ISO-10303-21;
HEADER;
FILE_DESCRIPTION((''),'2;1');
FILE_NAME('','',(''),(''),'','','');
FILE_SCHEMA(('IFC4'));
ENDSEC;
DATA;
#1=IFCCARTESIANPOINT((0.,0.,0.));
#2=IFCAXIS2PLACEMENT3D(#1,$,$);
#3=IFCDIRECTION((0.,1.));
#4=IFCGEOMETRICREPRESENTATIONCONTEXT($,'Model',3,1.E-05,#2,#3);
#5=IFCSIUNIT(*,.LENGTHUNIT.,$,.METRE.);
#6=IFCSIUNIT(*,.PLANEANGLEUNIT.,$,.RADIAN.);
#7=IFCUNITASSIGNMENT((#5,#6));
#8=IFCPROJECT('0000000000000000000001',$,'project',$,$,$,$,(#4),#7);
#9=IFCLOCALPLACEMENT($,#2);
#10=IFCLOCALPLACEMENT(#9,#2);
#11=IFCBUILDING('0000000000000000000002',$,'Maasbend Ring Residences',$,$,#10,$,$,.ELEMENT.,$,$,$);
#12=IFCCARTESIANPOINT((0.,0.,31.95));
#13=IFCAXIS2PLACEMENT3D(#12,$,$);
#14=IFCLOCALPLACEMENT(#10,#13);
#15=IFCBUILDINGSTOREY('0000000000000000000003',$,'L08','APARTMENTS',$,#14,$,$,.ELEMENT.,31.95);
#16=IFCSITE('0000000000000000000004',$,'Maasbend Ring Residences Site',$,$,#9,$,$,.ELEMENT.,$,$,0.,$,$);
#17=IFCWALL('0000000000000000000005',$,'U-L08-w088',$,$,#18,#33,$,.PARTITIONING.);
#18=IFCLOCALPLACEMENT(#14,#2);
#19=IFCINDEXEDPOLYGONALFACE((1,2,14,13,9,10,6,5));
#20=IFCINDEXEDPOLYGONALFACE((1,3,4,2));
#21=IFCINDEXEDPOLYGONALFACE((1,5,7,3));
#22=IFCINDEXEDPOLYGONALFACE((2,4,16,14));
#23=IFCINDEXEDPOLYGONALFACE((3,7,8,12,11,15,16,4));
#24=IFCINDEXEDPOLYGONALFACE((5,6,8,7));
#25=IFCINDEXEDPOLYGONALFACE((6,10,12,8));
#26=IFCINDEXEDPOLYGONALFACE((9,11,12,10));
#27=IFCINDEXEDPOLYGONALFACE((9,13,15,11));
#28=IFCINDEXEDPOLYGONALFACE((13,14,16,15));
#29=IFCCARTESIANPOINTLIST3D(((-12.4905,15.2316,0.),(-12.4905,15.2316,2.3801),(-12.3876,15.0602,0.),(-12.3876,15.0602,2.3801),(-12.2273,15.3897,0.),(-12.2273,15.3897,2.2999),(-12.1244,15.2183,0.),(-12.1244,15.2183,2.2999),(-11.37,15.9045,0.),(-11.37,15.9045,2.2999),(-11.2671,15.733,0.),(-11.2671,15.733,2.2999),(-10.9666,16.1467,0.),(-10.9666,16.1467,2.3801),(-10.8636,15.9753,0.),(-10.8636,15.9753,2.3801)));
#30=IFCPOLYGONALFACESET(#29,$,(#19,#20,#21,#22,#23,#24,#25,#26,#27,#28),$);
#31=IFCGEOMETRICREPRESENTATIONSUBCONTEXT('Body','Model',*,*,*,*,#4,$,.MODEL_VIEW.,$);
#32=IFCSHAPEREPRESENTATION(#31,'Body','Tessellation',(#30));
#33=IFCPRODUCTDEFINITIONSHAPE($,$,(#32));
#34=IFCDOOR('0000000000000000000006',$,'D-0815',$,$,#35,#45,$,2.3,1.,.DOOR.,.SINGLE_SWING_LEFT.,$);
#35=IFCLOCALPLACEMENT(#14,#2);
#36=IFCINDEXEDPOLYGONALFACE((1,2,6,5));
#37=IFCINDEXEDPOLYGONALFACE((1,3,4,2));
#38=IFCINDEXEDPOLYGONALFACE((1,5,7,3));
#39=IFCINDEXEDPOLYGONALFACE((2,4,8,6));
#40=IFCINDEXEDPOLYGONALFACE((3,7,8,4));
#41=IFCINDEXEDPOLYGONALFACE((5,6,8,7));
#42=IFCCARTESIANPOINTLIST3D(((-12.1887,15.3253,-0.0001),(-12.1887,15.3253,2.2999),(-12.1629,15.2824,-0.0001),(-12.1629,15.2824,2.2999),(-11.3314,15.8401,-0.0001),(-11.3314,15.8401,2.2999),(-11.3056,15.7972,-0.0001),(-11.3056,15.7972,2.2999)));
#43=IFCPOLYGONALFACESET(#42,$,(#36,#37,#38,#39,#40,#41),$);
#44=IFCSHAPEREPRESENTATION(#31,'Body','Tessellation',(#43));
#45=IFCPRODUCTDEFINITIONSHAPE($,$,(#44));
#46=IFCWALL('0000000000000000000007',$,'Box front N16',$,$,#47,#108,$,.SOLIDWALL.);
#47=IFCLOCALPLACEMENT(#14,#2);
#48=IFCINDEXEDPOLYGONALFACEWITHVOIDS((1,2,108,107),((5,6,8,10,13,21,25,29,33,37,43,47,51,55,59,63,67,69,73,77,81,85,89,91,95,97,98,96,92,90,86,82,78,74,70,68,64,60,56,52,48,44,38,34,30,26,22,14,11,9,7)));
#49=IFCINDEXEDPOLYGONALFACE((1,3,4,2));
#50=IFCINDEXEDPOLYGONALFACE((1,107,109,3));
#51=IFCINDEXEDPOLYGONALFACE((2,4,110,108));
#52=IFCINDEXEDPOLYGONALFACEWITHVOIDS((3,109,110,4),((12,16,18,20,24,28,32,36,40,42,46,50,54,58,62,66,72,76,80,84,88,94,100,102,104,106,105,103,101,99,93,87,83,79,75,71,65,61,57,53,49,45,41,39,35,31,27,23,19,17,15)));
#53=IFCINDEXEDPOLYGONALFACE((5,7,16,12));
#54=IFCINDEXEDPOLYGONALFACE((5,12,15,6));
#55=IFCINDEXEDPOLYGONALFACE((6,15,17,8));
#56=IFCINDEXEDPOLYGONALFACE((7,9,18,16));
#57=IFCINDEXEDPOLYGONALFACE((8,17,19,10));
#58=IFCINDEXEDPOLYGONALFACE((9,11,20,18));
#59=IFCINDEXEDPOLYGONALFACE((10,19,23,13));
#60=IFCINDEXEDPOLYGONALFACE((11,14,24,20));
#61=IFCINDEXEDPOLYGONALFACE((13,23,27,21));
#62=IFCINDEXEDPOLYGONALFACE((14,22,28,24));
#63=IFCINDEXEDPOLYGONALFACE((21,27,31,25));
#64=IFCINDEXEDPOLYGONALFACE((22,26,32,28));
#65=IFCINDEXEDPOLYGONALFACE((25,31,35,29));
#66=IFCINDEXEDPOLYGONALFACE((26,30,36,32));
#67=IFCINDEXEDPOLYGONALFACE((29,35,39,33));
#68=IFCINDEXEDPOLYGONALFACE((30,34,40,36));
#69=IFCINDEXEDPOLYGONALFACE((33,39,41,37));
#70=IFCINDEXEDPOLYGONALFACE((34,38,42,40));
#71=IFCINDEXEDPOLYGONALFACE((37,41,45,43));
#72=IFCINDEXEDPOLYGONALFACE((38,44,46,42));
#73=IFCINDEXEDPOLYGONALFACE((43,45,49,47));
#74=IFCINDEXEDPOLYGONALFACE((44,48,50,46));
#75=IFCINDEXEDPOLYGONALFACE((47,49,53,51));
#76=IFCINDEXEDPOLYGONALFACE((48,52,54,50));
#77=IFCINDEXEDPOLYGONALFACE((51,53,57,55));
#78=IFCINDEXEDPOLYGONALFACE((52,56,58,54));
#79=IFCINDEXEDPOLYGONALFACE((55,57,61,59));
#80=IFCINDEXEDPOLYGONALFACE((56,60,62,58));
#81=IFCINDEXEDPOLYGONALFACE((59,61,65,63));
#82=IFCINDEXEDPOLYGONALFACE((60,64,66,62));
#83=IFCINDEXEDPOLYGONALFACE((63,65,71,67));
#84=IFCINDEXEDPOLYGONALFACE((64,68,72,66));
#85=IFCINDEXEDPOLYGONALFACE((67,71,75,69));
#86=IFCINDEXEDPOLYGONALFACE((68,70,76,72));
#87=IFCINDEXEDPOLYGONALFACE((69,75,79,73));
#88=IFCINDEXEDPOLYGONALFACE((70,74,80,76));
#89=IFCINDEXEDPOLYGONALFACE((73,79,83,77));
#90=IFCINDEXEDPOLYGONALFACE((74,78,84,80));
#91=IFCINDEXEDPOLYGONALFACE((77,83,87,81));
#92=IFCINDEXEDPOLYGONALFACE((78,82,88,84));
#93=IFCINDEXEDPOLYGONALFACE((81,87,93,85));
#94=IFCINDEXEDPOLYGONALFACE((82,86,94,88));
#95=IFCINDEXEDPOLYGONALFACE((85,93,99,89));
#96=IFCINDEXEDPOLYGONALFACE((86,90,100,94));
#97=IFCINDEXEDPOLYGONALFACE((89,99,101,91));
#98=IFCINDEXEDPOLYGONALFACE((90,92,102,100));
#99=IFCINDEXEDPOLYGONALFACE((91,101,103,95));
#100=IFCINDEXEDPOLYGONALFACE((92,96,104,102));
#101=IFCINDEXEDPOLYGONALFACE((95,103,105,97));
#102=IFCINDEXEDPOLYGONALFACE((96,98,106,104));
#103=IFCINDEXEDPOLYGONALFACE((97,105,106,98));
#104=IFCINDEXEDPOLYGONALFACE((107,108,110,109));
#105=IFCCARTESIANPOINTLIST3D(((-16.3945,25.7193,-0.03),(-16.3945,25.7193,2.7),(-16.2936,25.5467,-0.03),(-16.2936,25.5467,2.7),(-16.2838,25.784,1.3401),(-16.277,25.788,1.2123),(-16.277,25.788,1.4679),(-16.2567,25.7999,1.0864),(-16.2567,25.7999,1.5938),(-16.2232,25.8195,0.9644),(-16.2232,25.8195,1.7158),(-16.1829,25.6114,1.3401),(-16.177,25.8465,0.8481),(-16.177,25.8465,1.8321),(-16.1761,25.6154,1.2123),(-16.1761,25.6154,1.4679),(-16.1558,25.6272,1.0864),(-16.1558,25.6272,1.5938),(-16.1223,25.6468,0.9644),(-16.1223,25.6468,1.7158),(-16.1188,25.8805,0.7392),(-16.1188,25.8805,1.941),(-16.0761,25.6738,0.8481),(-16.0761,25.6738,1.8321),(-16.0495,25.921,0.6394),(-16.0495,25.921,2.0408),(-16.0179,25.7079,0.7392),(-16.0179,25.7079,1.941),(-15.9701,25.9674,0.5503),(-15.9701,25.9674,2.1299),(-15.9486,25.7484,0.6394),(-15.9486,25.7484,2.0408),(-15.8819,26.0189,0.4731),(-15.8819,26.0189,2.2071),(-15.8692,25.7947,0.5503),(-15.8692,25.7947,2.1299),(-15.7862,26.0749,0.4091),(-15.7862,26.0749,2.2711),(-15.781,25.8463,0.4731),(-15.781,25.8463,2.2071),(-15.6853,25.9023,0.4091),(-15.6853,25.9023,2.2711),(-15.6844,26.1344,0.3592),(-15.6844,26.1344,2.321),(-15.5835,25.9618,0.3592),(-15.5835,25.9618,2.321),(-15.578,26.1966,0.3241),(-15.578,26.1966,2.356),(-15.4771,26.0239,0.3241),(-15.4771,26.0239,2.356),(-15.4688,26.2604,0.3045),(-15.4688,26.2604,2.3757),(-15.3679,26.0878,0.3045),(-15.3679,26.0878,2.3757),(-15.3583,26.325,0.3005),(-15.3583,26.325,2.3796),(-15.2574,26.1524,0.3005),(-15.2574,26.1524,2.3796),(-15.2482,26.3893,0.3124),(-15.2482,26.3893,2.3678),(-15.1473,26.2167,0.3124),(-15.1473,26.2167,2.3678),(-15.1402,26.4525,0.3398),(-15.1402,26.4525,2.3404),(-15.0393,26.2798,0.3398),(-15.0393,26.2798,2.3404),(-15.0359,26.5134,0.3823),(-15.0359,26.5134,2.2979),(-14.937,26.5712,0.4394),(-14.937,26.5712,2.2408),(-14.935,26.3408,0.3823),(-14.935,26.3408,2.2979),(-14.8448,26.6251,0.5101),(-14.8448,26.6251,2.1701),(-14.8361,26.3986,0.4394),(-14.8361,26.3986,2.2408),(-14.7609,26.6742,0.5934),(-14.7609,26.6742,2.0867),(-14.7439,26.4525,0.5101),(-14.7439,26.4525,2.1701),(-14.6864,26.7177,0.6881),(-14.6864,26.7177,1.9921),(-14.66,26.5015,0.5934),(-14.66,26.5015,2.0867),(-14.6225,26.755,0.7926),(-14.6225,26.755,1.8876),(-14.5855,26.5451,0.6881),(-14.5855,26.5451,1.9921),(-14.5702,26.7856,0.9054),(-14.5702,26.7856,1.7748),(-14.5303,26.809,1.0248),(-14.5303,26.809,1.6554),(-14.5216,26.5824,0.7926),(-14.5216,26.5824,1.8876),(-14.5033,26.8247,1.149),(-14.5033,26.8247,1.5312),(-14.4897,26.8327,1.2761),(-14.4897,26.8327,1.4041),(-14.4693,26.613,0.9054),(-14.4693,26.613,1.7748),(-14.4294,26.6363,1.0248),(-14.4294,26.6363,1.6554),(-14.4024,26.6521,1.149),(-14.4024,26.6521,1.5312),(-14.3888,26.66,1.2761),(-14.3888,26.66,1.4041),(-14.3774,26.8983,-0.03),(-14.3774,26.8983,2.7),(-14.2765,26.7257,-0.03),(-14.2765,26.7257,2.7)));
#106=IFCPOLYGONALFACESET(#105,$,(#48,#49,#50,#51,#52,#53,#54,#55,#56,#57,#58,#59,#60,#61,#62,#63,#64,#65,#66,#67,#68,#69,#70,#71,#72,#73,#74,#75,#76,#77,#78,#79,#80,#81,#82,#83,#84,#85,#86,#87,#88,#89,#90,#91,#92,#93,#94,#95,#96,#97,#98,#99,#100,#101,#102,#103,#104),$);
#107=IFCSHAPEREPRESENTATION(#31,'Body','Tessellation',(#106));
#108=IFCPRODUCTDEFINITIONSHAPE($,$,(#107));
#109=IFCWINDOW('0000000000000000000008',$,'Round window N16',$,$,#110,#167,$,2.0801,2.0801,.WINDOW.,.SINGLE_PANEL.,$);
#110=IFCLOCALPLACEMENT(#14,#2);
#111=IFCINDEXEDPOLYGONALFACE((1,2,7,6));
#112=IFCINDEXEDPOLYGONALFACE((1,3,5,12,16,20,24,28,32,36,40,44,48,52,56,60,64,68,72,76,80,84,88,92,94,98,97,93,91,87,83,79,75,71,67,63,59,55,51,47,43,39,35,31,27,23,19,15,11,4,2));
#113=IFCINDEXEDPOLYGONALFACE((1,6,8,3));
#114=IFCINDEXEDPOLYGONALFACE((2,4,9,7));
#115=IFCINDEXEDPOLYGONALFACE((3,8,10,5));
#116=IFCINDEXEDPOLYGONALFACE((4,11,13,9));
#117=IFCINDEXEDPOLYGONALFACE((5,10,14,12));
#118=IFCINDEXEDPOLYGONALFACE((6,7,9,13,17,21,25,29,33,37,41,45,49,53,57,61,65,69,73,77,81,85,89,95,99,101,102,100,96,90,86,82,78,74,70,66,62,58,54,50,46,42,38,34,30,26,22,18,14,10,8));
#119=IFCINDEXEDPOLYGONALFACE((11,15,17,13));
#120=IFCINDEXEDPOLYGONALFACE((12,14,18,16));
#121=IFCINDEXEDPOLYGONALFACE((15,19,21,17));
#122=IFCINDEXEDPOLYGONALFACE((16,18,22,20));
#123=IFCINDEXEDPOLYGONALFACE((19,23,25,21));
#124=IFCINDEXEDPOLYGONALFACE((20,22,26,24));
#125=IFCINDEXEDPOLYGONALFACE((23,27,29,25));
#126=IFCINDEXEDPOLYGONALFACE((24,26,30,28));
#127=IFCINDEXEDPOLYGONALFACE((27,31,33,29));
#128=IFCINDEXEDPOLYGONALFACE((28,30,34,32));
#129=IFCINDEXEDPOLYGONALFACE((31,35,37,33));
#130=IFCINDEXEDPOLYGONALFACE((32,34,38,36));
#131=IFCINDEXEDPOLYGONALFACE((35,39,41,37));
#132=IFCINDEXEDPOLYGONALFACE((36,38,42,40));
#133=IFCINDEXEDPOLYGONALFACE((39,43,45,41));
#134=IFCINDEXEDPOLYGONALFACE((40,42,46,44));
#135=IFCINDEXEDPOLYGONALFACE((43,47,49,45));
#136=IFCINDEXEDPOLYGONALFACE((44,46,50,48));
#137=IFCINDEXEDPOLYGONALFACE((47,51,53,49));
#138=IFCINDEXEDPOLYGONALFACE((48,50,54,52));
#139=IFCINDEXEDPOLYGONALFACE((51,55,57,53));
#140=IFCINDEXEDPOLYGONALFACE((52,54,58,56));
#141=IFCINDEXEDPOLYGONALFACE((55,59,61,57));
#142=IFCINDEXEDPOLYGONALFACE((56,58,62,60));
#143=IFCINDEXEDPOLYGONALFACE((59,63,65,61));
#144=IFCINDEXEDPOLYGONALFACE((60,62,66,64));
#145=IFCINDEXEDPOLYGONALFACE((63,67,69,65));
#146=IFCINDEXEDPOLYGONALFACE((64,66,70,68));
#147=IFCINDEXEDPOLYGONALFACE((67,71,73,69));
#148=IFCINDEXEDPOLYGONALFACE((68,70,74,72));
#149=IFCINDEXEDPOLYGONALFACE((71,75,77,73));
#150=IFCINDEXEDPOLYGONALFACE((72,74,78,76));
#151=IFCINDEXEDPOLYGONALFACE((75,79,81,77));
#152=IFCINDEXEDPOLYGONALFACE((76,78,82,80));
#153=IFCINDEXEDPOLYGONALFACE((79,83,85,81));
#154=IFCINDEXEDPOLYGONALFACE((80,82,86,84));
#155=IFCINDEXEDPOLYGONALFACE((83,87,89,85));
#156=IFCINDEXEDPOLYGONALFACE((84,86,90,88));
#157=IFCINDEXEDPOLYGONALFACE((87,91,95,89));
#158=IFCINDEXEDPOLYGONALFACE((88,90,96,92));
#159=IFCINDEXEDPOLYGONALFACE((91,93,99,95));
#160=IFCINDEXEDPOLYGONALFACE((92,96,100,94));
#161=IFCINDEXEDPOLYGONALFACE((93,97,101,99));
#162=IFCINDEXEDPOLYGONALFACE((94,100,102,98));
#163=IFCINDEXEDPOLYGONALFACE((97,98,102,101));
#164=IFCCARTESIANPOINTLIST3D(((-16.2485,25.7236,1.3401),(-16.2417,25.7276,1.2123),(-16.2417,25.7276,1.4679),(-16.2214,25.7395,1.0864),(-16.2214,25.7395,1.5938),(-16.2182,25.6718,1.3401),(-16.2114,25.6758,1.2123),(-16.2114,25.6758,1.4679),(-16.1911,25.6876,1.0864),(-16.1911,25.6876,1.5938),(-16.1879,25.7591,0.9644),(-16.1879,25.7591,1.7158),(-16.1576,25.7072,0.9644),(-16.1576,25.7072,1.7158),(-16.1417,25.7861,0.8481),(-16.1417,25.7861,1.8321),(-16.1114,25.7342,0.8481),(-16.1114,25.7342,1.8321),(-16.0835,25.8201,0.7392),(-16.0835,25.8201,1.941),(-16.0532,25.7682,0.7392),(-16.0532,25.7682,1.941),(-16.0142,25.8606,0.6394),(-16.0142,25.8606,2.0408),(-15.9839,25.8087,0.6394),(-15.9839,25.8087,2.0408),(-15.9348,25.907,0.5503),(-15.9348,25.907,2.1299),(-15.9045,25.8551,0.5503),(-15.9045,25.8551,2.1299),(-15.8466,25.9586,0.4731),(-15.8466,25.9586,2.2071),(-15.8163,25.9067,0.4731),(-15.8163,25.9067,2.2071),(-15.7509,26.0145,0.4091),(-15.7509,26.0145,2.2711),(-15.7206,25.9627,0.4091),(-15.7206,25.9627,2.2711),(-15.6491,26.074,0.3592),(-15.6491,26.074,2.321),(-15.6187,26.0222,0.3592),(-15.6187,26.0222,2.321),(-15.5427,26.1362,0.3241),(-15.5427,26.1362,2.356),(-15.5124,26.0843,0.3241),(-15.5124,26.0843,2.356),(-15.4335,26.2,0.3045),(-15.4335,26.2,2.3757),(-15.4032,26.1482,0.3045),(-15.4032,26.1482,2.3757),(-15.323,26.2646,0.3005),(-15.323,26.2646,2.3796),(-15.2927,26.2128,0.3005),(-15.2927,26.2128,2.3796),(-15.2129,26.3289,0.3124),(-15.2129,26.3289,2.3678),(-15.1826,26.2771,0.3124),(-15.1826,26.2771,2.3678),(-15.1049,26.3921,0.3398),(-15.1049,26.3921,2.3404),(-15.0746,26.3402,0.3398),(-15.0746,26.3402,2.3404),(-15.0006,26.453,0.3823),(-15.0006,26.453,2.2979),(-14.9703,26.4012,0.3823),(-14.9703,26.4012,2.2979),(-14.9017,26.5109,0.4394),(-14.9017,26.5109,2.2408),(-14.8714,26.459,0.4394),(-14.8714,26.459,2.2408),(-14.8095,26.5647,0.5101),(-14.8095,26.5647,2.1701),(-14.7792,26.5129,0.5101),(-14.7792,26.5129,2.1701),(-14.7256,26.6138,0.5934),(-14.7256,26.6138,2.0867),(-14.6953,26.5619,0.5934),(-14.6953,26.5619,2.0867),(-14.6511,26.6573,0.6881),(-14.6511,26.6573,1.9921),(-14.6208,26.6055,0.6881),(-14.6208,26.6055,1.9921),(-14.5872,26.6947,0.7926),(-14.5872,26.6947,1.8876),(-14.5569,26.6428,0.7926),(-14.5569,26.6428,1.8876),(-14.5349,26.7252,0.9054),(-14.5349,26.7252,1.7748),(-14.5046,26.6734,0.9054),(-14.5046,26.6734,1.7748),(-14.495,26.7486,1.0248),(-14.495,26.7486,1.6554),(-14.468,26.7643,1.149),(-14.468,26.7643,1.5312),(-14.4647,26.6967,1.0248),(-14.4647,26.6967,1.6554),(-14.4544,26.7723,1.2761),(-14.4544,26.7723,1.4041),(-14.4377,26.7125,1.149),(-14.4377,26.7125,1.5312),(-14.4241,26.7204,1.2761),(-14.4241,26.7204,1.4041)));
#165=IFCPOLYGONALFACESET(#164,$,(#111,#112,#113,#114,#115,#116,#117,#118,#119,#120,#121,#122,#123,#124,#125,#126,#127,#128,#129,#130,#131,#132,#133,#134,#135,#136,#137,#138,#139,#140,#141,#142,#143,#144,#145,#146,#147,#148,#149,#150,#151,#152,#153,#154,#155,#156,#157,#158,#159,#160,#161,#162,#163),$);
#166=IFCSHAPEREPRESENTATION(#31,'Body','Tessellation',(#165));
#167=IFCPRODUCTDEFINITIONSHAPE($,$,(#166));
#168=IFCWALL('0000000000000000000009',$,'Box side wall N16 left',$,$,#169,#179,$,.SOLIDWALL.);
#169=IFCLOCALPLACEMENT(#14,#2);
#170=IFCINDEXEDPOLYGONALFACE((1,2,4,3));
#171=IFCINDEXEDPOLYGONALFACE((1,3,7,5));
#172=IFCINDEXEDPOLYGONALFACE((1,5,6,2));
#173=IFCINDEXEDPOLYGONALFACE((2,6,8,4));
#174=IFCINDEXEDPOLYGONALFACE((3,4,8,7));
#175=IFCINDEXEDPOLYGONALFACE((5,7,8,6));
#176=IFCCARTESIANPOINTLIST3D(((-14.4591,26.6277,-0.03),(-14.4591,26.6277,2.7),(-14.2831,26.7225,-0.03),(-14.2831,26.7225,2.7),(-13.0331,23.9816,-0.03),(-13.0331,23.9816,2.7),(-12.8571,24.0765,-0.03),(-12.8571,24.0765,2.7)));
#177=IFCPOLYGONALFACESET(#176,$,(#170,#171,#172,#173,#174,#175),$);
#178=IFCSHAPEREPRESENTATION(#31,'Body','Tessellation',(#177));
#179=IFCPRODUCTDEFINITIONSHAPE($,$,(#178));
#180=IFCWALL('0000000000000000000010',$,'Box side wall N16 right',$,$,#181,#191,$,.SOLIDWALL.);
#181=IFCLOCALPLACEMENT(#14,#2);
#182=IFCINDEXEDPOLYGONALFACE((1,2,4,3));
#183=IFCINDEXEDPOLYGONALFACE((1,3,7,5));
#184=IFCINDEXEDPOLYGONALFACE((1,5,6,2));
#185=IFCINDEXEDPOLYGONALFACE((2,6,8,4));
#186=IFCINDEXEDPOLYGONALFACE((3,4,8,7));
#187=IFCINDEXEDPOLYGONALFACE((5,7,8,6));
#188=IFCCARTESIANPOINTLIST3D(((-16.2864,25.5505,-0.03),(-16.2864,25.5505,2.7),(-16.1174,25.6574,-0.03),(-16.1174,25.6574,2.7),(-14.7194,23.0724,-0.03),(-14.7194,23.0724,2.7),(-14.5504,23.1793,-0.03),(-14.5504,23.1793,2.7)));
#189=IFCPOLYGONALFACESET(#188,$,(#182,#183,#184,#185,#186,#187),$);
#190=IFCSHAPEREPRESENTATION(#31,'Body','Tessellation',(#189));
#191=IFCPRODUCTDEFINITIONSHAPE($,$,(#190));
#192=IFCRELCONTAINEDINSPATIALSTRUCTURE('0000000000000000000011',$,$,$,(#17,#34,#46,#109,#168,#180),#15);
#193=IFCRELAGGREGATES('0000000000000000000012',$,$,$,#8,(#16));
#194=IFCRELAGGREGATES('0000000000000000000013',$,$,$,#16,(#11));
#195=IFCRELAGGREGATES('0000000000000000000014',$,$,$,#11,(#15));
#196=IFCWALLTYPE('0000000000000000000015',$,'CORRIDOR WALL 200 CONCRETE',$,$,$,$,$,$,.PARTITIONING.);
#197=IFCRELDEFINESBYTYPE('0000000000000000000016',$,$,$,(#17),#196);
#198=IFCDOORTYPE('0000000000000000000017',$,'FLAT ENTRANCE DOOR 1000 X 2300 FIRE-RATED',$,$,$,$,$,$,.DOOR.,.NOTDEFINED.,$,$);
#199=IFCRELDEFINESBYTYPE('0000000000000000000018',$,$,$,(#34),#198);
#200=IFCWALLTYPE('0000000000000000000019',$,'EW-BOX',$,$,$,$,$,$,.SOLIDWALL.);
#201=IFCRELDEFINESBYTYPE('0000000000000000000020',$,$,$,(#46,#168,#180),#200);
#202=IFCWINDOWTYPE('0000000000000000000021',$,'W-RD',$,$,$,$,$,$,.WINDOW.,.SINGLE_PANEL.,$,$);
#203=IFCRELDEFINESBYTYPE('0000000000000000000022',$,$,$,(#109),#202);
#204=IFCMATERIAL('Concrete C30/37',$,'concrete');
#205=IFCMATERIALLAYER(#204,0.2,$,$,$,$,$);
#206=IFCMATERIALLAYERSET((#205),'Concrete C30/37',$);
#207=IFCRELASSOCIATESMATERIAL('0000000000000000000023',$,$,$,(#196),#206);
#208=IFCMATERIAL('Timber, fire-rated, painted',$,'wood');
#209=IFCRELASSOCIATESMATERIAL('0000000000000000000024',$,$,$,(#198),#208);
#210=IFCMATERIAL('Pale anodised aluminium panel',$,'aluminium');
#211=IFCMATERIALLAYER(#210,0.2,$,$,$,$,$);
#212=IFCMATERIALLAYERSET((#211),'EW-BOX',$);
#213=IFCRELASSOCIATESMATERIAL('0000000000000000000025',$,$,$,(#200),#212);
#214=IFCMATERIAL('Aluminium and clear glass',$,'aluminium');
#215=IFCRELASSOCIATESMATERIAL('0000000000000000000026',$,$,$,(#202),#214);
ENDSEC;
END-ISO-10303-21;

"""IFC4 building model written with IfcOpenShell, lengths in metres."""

from ifc_helpers import new_model, si_unit, direction, frame, frame_2d, origin, place, context, subcontext, project, spatial, rectangle, circle, extrude, material, layer, layer_set, type_object, element, fill, save


model = new_model("IFC4")

# Units and contexts
model_context = context("Model", 3, precision=1e-05, world=origin(), true_north=direction((0.0, 1.0)))
body_context = subcontext(model_context, "Body", "Model", "MODEL_VIEW")
ifc_project = project(units=[si_unit("LENGTHUNIT", "METRE"), si_unit("PLANEANGLEUNIT", "RADIAN")], contexts=[model_context])

# Site, building, storey
site_placement = place(None, origin())
site = spatial("IfcSite", under=ifc_project, at=site_placement, Name="Maasbend Ring Residences Site", CompositionType="ELEMENT", RefElevation=0.0)
building_placement = place(site_placement, origin())
building = spatial("IfcBuilding", under=site, at=building_placement, Name="Maasbend Ring Residences", CompositionType="ELEMENT")
storey_placement = place(building_placement, frame((0.0, 0.0, 31.95)))
storey = spatial("IfcBuildingStorey", under=building, at=storey_placement, Name="L08", Description="APARTMENTS", CompositionType="ELEMENT", Elevation=31.95)

# Wall, opening, door
ifc_material_1 = material(Name="Concrete C30/37", Category="concrete")
ifc_layer_1 = layer(ifc_material_1, 0.2)
ifc_layer_set_1 = layer_set([ifc_layer_1], Name="Concrete C30/37")
wall_type_1 = type_object("IfcWallType", Name="CORRIDOR WALL 200 CONCRETE", PredefinedType="PARTITIONING", material=ifc_layer_set_1)
wall_1_placement = place(storey_placement, frame((-12.439, 15.146, 0.0), z_axis=(0.0, 0.0, 1.0), x_axis=(0.857323, 0.514779, 0.0)))
wall_1 = element("IfcWall", 1, at=wall_1_placement, inside=storey, type_object=wall_type_1, Name="U-L08-w088", PredefinedType="PARTITIONING", context=body_context, shape_type="SweptSolid", body=[
    extrude(rectangle(XDim=1.7776, YDim=0.2, at=frame_2d((0.8887, 0.0))), origin(), (0.0, 0.0, 1.0), 2.3801),
])
opening_1_placement = place(wall_1_placement, frame((0.3069, 0.0, 0.0)))
opening_1 = element("IfcOpeningElement", 2, at=opening_1_placement, cuts=wall_1, PredefinedType="OPENING", context=body_context, shape_type="SweptSolid", body=[
    extrude(rectangle(XDim=1.0, YDim=2.3, at=frame_2d((0.5, 1.1499))), frame((0.0, 0.1099, 0.0), z_axis=(0.0, -1.0, 0.0), x_axis=(1.0, 0.0, 0.0)), (0.0, 0.0, 1.0), 0.22),
])
ifc_material_2 = material(Name="Timber, fire-rated, painted", Category="wood")
door_type_1 = type_object("IfcDoorType", Name="FLAT ENTRANCE DOOR 1000 X 2300 FIRE-RATED", OperationType="NOTDEFINED", PredefinedType="DOOR", material=ifc_material_2)
door_1_placement = place(opening_1_placement, origin())
door_1 = element("IfcDoor", 3, at=door_1_placement, inside=storey, type_object=door_type_1, Name="D-0815", OperationType="SINGLE_SWING_LEFT", OverallHeight=2.3, OverallWidth=1.0, PredefinedType="DOOR", context=body_context, shape_type="SweptSolid", body=[
    extrude(rectangle(XDim=1.0, YDim=2.3, at=frame_2d((0.5, 1.1499))), frame((0.0, 0.0249, 0.0), z_axis=(0.0, -1.0, 0.0), x_axis=(1.0, 0.0, 0.0)), (0.0, 0.0, 1.0), 0.05),
])
fill(opening_1, door_1)

# Wall, opening, window
ifc_material_3 = material(Name="Pale anodised aluminium panel", Category="aluminium")
ifc_layer_2 = layer(ifc_material_3, 0.2)
ifc_layer_set_2 = layer_set([ifc_layer_2], Name="EW-BOX")
wall_type_2 = type_object("IfcWallType", Name="EW-BOX", PredefinedType="SOLIDWALL", material=ifc_layer_set_2)
wall_2_placement = place(storey_placement, frame((-14.3269, 26.812, -0.03), z_axis=(0.0, 0.0, 1.0), x_axis=(-0.863347, -0.504612, 0.0)))
wall_2 = element("IfcWall", 4, at=wall_2_placement, inside=storey, type_object=wall_type_2, Name="Box front N16", PredefinedType="SOLIDWALL", context=body_context, shape_type="SweptSolid", body=[
    extrude(rectangle(XDim=2.3364, YDim=0.2, at=frame_2d((1.1682, 0.0))), origin(), (0.0, 0.0, 1.0), 2.73),
])
opening_2_placement = place(wall_2_placement, frame((0.1282, 0.0, 0.3301)))
opening_2 = element("IfcOpeningElement", 5, at=opening_2_placement, cuts=wall_2, PredefinedType="OPENING", context=body_context, shape_type="SweptSolid", body=[
    extrude(circle(Radius=1.04, at=frame_2d((1.04, 1.04))), frame((0.0, 0.1099, 0.0), z_axis=(0.0, -1.0, 0.0), x_axis=(1.0, 0.0, 0.0)), (0.0, 0.0, 1.0), 0.22),
])
ifc_material_4 = material(Name="Aluminium and clear glass", Category="aluminium")
window_type_1 = type_object("IfcWindowType", Name="W-RD", PartitioningType="SINGLE_PANEL", PredefinedType="WINDOW", material=ifc_material_4)
window_1_placement = place(opening_2_placement, origin())
window_1 = element("IfcWindow", 6, at=window_1_placement, inside=storey, type_object=window_type_1, Name="Round window N16", OverallHeight=2.0801, OverallWidth=2.0801, PartitioningType="SINGLE_PANEL", PredefinedType="WINDOW", context=body_context, shape_type="SweptSolid", body=[
    extrude(circle(Radius=1.04, at=frame_2d((1.04, 1.04))), frame((0.0, 0.03, 0.0), z_axis=(0.0, -1.0, 0.0), x_axis=(1.0, 0.0, 0.0)), (0.0, 0.0, 1.0), 0.0601),
])
fill(opening_2, window_1)

# Walls
wall_3_placement = place(storey_placement, frame((-12.9451, 24.0291, -0.03), z_axis=(0.0, 0.0, 1.0), x_axis=(-0.474424, 0.880296, 0.0)))
element("IfcWall", 7, at=wall_3_placement, inside=storey, type_object=wall_type_2, Name="Box side wall N16 left", PredefinedType="SOLIDWALL", context=body_context, shape_type="SweptSolid", body=[
    extrude(rectangle(XDim=3.0059, YDim=0.2, at=frame_2d((1.5029, 0.0))), origin(), (0.0, 0.0, 1.0), 2.73),
])
wall_4_placement = place(storey_placement, frame((-14.635, 23.126, -0.03), z_axis=(0.0, 0.0, 1.0), x_axis=(-0.534438, 0.845208, 0.0)))
element("IfcWall", 8, at=wall_4_placement, inside=storey, type_object=wall_type_2, Name="Box side wall N16 right", PredefinedType="SOLIDWALL", context=body_context, shape_type="SweptSolid", body=[
    extrude(rectangle(XDim=2.9319, YDim=0.2, at=frame_2d((1.4658, 0.0))), origin(), (0.0, 0.0, 1.0), 2.73),
])

save(model, "model.ifc")
